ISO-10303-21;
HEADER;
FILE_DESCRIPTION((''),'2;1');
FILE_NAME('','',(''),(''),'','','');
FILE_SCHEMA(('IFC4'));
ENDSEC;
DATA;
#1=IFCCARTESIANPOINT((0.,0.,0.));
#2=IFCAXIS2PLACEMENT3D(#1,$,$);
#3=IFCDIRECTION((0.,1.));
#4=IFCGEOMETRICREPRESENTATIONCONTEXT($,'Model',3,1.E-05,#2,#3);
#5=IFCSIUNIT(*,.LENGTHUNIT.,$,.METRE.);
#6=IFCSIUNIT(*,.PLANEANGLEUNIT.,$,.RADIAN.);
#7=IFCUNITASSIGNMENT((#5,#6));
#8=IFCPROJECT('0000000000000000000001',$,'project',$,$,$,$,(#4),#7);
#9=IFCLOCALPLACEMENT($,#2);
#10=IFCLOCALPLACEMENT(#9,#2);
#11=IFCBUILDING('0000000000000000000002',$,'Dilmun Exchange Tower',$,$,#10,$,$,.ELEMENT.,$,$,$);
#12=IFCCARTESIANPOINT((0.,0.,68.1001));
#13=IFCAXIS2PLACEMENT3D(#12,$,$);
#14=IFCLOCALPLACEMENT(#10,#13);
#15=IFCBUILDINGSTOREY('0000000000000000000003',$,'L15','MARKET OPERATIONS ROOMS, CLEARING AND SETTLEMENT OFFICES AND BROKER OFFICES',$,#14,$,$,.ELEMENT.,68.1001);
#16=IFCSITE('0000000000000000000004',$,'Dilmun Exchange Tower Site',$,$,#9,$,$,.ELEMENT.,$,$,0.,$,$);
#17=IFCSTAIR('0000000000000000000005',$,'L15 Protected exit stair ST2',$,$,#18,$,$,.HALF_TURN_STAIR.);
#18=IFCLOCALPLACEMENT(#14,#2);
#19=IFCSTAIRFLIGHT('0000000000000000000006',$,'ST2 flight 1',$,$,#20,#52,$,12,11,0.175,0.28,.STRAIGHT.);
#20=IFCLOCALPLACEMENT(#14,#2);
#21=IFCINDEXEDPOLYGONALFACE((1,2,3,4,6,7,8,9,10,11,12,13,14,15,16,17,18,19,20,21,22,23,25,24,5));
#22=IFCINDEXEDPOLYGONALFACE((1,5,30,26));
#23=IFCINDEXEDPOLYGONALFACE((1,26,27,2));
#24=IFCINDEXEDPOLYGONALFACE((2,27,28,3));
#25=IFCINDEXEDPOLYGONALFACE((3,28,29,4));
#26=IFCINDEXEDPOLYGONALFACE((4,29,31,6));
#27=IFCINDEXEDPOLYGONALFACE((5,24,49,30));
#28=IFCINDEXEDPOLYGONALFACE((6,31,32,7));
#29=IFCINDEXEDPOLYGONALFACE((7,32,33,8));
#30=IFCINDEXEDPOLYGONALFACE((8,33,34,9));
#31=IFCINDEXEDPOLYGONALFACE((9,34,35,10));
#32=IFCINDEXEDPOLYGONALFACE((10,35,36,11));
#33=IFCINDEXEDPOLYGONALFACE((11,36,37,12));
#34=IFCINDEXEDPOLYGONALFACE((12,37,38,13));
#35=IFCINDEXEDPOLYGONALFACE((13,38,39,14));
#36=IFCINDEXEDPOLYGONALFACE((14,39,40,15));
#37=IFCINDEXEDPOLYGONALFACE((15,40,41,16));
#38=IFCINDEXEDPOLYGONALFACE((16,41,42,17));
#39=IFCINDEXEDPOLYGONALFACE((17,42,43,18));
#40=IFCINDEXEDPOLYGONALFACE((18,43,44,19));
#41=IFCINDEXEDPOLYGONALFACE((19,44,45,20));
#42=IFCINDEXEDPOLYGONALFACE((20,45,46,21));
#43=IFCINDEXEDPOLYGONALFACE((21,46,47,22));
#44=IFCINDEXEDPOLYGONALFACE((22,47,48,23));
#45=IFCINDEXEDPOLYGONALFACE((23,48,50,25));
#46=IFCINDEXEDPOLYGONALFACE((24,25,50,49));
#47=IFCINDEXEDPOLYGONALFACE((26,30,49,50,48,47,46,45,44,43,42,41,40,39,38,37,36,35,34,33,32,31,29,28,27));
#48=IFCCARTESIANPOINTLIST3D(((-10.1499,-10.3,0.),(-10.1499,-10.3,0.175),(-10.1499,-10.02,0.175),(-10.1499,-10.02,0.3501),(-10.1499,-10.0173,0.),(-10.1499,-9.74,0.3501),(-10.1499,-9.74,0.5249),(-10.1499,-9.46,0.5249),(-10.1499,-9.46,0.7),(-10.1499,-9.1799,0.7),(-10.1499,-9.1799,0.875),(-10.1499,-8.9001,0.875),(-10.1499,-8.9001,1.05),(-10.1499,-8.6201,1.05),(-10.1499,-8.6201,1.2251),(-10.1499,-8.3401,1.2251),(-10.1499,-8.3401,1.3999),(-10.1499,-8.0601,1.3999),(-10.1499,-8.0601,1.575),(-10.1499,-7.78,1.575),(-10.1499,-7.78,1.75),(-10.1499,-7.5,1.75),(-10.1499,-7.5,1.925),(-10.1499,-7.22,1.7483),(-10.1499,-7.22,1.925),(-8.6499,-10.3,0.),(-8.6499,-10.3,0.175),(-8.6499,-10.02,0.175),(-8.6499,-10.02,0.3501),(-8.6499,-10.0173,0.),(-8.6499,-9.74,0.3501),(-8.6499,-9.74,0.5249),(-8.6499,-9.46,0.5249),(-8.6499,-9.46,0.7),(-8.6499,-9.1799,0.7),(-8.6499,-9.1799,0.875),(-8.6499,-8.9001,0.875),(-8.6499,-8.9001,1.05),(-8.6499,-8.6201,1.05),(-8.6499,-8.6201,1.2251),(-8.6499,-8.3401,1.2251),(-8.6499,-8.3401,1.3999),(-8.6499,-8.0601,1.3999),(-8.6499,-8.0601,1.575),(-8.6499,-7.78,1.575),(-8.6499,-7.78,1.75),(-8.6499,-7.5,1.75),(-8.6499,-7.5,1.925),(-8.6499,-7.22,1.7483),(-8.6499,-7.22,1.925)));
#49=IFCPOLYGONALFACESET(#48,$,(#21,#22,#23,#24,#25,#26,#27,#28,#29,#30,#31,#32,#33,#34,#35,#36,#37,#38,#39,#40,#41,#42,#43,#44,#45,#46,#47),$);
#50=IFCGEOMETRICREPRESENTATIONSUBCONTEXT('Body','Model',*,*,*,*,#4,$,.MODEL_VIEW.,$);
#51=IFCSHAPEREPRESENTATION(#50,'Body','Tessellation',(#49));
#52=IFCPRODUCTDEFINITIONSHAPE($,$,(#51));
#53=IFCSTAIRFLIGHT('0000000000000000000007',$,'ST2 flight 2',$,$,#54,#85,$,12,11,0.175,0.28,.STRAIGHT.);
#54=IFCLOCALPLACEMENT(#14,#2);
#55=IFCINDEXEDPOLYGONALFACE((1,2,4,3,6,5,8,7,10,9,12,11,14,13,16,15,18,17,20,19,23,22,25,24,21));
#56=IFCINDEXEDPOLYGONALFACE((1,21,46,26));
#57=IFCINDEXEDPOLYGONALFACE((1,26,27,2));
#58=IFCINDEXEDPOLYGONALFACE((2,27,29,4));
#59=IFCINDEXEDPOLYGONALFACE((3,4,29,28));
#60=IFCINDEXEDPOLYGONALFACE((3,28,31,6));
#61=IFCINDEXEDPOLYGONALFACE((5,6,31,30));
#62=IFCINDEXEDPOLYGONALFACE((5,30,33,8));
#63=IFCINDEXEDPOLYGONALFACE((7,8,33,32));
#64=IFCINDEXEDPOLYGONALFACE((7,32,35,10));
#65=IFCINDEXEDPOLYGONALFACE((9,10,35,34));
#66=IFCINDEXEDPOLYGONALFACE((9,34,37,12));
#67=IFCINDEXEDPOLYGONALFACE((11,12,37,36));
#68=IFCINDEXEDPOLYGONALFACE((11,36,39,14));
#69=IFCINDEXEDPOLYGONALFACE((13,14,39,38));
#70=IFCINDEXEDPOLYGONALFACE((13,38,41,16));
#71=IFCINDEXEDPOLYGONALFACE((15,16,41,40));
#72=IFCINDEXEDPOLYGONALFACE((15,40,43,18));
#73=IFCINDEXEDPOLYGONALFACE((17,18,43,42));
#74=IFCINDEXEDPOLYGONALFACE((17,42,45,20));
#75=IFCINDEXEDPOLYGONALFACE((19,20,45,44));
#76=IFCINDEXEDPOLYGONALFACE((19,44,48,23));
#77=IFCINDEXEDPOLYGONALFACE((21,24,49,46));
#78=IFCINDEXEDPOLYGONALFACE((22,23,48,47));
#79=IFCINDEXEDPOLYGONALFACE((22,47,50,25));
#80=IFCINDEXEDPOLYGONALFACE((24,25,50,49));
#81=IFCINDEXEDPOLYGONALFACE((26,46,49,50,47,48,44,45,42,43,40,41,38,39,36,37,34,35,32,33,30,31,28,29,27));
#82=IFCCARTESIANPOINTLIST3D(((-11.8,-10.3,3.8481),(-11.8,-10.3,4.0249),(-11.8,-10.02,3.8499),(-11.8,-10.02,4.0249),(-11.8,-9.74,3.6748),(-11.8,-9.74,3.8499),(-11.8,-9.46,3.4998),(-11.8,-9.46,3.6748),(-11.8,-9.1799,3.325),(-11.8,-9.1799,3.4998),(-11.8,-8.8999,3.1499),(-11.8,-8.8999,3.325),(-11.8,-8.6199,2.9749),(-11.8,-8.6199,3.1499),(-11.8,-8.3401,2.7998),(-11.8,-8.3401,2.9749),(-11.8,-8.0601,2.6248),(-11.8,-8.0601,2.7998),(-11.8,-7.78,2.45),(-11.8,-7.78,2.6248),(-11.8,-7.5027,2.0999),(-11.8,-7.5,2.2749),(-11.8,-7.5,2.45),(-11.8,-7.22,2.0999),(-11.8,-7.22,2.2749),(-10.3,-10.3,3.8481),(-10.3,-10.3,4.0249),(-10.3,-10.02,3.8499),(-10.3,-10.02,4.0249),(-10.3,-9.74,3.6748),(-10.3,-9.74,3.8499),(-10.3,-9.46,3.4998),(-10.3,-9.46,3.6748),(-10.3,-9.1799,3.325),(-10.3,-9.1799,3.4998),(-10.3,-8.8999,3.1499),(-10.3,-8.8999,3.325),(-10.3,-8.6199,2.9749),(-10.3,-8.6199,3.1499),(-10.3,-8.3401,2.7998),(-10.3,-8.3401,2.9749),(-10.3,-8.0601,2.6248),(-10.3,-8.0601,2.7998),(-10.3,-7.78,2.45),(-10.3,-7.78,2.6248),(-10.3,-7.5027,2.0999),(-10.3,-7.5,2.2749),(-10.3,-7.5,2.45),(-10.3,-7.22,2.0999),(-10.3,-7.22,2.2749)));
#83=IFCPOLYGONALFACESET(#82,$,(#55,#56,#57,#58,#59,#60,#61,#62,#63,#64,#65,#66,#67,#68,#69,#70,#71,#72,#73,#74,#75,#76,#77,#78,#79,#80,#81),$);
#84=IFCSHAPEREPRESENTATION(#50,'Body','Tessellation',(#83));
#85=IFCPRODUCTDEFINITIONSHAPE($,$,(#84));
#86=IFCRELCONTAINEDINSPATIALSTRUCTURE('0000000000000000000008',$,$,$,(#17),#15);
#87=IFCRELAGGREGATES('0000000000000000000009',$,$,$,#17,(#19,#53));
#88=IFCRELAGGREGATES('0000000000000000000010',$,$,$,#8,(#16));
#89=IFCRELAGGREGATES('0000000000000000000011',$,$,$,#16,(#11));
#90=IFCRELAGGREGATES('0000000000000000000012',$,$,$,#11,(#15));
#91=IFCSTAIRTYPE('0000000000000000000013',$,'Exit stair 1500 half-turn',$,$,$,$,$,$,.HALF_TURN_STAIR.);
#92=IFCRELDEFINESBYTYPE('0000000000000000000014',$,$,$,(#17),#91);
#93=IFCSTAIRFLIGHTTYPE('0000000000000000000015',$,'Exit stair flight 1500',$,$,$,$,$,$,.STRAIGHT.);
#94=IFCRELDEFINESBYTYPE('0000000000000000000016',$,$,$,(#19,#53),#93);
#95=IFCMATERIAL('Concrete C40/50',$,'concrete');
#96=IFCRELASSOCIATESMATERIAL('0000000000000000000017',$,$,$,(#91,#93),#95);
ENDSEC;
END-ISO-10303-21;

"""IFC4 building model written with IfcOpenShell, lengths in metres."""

from ifc_helpers import new_model, si_unit, direction, frame, origin, place, context, subcontext, project, spatial, polyline, outline, extrude, material, type_object, element, aggregate, save


model = new_model("IFC4")

# Units and contexts
model_context = context("Model", 3, precision=1e-05, world=origin(), true_north=direction((0.0, 1.0)))
body_context = subcontext(model_context, "Body", "Model", "MODEL_VIEW")
ifc_project = project(units=[si_unit("LENGTHUNIT", "METRE"), si_unit("PLANEANGLEUNIT", "RADIAN")], contexts=[model_context])

# Site, building, storey
site_placement = place(None, origin())
site = spatial("IfcSite", under=ifc_project, at=site_placement, Name="Dilmun Exchange Tower Site", CompositionType="ELEMENT", RefElevation=0.0)
building_placement = place(site_placement, origin())
building = spatial("IfcBuilding", under=site, at=building_placement, Name="Dilmun Exchange Tower", CompositionType="ELEMENT")
storey_placement = place(building_placement, frame((0.0, 0.0, 68.1001)))
storey = spatial("IfcBuildingStorey", under=building, at=storey_placement, Name="L15", Description="MARKET OPERATIONS ROOMS, CLEARING AND SETTLEMENT OFFICES AND BROKER OFFICES", CompositionType="ELEMENT", Elevation=68.1001)

# Shared definitions
ifc_material_1 = material(Name="Concrete C40/50", Category="concrete")

# Stair, stair flights
stair_type = type_object("IfcStairType", Name="Exit stair 1500 half-turn", PredefinedType="HALF_TURN_STAIR", material=ifc_material_1)
stair_placement = place(storey_placement, origin())
stair = element("IfcStair", 1, at=stair_placement, inside=storey, type_object=stair_type, Name="L15 Protected exit stair ST2", PredefinedType="HALF_TURN_STAIR")
stair_flight_type = type_object("IfcStairFlightType", Name="Exit stair flight 1500", PredefinedType="STRAIGHT", material=ifc_material_1)
stair_flight_1_placement = place(storey_placement, frame((-9.3999, -10.3, 0.0), z_axis=(0.0, 0.0, 1.0), x_axis=(0.0, 1.0, 0.0)))
stair_flight_1 = element("IfcStairFlight", 2, at=stair_flight_1_placement, type_object=stair_flight_type, Name="ST2 flight 1", NumberOfRisers=12, NumberOfTreads=11, PredefinedType="STRAIGHT", RiserHeight=0.175, TreadLength=0.28, context=body_context, shape_type="SweptSolid", body=[
    extrude(outline(polyline([(0.0, 0.0), (0.0, 0.175), (0.28, 0.175), (0.28, 0.3501), (0.5601, 0.3501), (0.5601, 0.5249), (0.8401, 0.5249), (0.8401, 0.7), (1.1201, 0.7), (1.1201, 0.875), (1.3999, 0.875), (1.3999, 1.05), (1.6799, 1.05), (1.6799, 1.2251), (1.96, 1.2251), (1.96, 1.3999), (2.24, 1.3999), (2.24, 1.575), (2.52, 1.575), (2.52, 1.75), (2.8, 1.75), (2.8, 1.925), (3.0801, 1.925), (3.0801, 2.1001), (3.0801, 1.7483), (0.2827, 0.0), (0.0, 0.0)])), frame((0.0, 0.75, 0.0), z_axis=(0.0, -1.0, 0.0), x_axis=(1.0, 0.0, 0.0)), (0.0, 0.0, 1.0), 1.5),
])
stair_flight_2_placement = place(storey_placement, frame((-11.05, -7.22, 2.0999), z_axis=(0.0, 0.0, 1.0), x_axis=(0.0, -1.0, 0.0)))
stair_flight_2 = element("IfcStairFlight", 3, at=stair_flight_2_placement, type_object=stair_flight_type, Name="ST2 flight 2", NumberOfRisers=12, NumberOfTreads=11, PredefinedType="STRAIGHT", RiserHeight=0.175, TreadLength=0.28, context=body_context, shape_type="SweptSolid", body=[
    extrude(outline(polyline([(0.0, 0.0), (0.0, 0.175), (0.28, 0.175), (0.28, 0.3501), (0.5601, 0.3501), (0.5601, 0.5249), (0.8401, 0.5249), (0.8401, 0.7), (1.1201, 0.7), (1.1201, 0.875), (1.3999, 0.875), (1.3999, 1.05), (1.6799, 1.05), (1.6799, 1.2251), (1.96, 1.2251), (1.96, 1.3999), (2.24, 1.3999), (2.24, 1.575), (2.52, 1.575), (2.52, 1.75), (2.8, 1.75), (2.8, 1.925), (3.0801, 1.925), (3.0801, 2.1001), (3.0801, 1.7483), (0.2827, 0.0), (0.0, 0.0)])), frame((0.0, 0.75, 0.0), z_axis=(0.0, -1.0, 0.0), x_axis=(1.0, 0.0, 0.0)), (0.0, 0.0, 1.0), 1.5),
])
aggregate(stair, [stair_flight_1, stair_flight_2])

save(model, "model.ifc")
